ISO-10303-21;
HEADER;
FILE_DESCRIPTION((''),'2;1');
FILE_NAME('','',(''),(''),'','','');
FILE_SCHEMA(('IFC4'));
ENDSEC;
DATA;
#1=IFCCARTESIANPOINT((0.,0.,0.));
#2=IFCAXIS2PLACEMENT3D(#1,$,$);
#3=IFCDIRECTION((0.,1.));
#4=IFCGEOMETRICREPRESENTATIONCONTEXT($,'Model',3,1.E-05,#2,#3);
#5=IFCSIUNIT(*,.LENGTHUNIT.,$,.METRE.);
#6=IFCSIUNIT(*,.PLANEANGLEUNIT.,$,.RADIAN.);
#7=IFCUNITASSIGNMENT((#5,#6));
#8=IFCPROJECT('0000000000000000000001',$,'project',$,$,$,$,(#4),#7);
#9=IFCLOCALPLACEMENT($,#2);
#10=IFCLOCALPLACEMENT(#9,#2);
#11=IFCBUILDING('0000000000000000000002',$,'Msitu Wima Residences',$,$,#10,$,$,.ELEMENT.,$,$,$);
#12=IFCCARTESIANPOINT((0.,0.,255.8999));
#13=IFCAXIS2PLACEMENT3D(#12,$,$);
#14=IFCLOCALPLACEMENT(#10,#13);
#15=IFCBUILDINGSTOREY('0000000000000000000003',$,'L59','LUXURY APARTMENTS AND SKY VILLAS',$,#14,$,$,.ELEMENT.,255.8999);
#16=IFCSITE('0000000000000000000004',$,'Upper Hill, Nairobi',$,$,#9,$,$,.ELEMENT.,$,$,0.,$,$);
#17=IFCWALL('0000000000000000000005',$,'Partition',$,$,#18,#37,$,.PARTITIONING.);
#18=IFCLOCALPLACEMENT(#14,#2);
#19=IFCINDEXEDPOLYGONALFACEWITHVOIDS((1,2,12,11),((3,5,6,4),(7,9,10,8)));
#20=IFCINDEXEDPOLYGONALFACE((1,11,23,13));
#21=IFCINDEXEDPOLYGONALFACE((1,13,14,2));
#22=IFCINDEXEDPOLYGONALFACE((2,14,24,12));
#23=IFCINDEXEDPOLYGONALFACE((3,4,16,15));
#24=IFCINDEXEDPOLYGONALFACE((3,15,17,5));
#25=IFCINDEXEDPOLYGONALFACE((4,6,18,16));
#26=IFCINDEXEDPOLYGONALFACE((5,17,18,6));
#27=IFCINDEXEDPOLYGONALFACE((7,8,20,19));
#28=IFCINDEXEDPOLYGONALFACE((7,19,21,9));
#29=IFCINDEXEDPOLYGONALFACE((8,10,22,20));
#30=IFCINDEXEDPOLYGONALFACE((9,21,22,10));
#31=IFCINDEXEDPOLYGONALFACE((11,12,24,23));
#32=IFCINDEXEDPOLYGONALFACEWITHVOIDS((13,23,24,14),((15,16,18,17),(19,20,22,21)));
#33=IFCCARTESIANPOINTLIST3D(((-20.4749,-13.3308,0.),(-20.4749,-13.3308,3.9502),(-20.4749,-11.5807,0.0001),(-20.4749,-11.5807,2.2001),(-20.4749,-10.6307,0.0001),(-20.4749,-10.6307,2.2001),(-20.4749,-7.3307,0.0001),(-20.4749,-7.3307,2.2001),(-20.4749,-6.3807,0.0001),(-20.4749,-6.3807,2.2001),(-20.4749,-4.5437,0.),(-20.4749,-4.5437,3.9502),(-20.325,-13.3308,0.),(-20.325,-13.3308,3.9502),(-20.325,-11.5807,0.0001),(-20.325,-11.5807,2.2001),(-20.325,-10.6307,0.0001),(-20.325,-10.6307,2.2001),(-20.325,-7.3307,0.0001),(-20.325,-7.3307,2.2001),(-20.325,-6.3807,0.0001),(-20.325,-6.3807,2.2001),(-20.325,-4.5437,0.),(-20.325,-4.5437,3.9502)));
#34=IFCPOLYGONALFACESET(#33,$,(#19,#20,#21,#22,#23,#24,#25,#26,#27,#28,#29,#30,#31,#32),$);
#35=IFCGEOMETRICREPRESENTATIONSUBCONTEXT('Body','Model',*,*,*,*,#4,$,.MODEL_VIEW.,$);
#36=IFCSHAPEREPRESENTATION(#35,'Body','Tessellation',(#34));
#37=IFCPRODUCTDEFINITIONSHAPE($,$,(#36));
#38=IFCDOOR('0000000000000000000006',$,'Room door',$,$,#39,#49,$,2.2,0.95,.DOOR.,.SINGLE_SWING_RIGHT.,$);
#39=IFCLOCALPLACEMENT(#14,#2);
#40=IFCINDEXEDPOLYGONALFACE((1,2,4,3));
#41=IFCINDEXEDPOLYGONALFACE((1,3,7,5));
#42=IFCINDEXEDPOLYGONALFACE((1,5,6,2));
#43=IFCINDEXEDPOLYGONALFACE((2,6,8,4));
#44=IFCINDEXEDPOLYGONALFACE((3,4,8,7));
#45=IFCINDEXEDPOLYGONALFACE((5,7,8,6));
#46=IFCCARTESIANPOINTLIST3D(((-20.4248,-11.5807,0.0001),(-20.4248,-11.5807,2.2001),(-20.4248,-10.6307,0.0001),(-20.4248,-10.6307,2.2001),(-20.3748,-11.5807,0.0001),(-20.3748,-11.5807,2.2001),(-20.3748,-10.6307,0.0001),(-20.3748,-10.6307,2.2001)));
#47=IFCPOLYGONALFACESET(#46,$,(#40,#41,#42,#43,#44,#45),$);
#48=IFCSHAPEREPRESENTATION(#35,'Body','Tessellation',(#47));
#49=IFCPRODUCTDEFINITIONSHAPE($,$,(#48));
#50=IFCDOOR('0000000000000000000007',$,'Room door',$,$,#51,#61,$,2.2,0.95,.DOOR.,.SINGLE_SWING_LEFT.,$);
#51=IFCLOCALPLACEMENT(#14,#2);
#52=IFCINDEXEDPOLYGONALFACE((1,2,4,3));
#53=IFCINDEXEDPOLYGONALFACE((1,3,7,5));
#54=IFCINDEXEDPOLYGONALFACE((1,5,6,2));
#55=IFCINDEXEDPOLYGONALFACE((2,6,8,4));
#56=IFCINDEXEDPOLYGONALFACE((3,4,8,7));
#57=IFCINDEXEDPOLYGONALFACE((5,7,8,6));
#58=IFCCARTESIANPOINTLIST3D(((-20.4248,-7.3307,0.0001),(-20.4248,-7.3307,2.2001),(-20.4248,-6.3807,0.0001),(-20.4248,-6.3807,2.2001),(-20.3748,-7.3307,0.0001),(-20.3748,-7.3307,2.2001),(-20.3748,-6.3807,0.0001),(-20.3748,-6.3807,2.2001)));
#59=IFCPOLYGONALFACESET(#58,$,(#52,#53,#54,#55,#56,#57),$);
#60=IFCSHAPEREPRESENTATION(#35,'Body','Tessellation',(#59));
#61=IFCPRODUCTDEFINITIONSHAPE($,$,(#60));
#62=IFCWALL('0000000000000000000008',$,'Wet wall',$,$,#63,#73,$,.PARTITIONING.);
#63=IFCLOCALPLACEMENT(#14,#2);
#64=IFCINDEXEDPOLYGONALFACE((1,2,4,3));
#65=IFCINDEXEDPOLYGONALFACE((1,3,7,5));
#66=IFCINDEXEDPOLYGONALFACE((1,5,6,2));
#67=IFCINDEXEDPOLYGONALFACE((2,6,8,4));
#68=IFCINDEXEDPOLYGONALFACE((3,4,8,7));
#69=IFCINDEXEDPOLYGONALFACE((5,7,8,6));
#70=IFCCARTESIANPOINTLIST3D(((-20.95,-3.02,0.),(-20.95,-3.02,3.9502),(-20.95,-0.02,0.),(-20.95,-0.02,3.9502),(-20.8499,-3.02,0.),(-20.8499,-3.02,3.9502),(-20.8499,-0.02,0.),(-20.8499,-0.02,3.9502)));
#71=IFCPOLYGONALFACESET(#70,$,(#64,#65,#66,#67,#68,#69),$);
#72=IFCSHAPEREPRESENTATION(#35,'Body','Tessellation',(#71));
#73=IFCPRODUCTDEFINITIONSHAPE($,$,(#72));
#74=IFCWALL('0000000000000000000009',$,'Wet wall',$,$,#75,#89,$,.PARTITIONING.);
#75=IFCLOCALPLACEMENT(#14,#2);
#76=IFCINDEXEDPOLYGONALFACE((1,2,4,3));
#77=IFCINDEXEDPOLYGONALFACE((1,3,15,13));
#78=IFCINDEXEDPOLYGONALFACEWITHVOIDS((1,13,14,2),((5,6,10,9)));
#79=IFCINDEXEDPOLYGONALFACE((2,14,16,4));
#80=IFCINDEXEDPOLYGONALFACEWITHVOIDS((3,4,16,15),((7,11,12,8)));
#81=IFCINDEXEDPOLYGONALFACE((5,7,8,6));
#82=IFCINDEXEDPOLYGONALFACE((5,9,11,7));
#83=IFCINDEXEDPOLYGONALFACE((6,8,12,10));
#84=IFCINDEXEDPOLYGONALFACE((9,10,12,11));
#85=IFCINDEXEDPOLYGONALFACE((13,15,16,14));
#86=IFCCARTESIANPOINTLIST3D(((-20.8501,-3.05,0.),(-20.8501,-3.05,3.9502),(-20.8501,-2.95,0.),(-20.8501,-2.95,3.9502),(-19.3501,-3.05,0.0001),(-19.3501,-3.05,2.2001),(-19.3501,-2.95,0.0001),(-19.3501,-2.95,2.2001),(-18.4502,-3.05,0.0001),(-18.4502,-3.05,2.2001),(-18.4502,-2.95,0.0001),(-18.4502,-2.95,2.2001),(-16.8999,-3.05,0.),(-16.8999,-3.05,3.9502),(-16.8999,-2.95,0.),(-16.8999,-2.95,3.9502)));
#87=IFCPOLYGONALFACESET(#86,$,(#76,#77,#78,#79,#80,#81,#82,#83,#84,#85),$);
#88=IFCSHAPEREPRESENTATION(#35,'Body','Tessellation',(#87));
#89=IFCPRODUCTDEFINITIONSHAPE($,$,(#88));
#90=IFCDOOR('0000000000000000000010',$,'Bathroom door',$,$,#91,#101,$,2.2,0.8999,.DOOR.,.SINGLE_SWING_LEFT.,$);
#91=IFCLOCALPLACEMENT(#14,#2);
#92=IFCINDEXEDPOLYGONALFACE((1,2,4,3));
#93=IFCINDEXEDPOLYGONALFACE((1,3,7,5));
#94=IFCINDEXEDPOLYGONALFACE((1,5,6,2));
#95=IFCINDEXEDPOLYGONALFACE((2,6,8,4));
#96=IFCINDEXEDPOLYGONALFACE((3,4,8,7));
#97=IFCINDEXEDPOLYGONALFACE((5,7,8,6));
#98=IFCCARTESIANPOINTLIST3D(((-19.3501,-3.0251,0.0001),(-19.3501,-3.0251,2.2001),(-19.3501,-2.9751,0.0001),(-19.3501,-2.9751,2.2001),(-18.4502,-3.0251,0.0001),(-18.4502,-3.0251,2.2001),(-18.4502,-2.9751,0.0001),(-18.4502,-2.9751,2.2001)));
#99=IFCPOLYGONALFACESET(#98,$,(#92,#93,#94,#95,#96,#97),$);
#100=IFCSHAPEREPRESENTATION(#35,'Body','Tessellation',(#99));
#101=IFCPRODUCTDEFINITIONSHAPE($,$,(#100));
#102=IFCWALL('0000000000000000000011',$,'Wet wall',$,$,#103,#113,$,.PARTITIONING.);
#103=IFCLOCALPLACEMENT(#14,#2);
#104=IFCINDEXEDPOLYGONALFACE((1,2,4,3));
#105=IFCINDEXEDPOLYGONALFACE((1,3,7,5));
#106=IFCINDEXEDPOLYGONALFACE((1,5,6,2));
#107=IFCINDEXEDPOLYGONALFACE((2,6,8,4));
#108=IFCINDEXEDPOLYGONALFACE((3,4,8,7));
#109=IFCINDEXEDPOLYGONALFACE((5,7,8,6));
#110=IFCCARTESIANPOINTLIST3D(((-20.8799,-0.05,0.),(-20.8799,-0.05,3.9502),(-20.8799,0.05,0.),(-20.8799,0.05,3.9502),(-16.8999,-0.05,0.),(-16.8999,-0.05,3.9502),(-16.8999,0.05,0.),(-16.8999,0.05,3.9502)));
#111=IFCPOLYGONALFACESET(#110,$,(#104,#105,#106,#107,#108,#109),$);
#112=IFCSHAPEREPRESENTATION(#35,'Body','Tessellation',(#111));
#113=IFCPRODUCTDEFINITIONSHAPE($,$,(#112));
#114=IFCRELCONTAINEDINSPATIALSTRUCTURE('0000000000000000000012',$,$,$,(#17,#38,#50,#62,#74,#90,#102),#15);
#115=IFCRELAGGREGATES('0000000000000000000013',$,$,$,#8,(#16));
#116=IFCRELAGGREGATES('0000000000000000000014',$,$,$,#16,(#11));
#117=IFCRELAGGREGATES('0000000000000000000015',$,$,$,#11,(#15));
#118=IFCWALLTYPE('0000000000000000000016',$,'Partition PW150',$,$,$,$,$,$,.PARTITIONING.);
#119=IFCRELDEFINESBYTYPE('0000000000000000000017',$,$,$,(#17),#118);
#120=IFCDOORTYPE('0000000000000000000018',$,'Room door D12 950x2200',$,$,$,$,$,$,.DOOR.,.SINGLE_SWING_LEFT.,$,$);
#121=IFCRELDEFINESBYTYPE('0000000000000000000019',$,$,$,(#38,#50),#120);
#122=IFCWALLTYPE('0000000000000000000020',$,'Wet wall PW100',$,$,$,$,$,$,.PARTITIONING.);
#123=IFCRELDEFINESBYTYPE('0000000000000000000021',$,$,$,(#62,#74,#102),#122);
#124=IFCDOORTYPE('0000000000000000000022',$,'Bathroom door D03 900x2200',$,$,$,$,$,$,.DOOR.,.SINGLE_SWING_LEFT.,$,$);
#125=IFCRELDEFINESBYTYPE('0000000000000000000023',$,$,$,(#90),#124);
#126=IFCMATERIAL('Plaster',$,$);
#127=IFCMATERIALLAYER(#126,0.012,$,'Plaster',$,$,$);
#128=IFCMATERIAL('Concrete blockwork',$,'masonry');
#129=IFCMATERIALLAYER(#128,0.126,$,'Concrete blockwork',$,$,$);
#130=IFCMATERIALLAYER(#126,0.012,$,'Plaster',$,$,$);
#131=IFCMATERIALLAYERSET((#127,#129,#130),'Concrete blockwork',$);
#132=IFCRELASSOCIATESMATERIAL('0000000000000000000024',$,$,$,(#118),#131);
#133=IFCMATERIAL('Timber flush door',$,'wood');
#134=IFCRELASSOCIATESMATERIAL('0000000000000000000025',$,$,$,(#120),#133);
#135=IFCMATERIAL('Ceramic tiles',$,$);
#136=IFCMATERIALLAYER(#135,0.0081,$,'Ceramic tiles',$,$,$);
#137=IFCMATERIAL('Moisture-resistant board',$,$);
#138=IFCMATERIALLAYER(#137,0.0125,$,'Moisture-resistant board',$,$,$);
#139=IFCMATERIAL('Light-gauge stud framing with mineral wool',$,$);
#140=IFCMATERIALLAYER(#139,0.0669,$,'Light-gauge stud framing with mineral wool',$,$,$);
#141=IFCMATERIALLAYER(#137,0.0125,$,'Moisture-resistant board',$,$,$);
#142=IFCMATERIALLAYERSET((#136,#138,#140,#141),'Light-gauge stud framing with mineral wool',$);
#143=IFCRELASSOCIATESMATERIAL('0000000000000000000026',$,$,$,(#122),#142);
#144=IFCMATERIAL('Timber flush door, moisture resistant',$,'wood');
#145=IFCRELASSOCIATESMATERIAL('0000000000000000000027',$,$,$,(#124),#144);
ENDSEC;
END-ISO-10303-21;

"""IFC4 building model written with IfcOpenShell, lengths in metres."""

from ifc_helpers import new_model, si_unit, direction, frame, frame_2d, origin, place, context, subcontext, project, spatial, rectangle, extrude, material, layer, layer_set, type_object, element, fill, save


model = new_model("IFC4")

# Units and contexts
model_context = context("Model", 3, precision=1e-05, world=origin(), true_north=direction((0.0, 1.0)))
body_context = subcontext(model_context, "Body", "Model", "MODEL_VIEW")
ifc_project = project(units=[si_unit("LENGTHUNIT", "METRE"), si_unit("PLANEANGLEUNIT", "RADIAN")], contexts=[model_context])

# Site, building, storey
site_placement = place(None, origin())
site = spatial("IfcSite", under=ifc_project, at=site_placement, Name="Upper Hill, Nairobi", CompositionType="ELEMENT", RefElevation=0.0)
building_placement = place(site_placement, origin())
building = spatial("IfcBuilding", under=site, at=building_placement, Name="Msitu Wima Residences", CompositionType="ELEMENT")
storey_placement = place(building_placement, frame((0.0, 0.0, 255.8999)))
storey = spatial("IfcBuildingStorey", under=building, at=storey_placement, Name="L59", Description="LUXURY APARTMENTS AND SKY VILLAS", CompositionType="ELEMENT", Elevation=255.8999)

# Shared definitions
ifc_material_1 = material(Name="Plaster")
ifc_layer_1 = layer(ifc_material_1, 0.012, Name="Plaster")
ifc_material_2 = material(Name="Concrete blockwork", Category="masonry")
ifc_layer_2 = layer(ifc_material_2, 0.126, Name="Concrete blockwork")
ifc_layer_3 = layer(ifc_material_1, 0.012, Name="Plaster")
ifc_layer_set_1 = layer_set([ifc_layer_1, ifc_layer_2, ifc_layer_3], Name="Concrete blockwork")
wall_type_1 = type_object("IfcWallType", Name="Partition PW150", PredefinedType="PARTITIONING", material=ifc_layer_set_1)

# Shared definitions
ifc_material_3 = material(Name="Timber flush door", Category="wood")
door_type_1 = type_object("IfcDoorType", Name="Room door D12 950x2200", OperationType="SINGLE_SWING_LEFT", PredefinedType="DOOR", material=ifc_material_3)

# Wall, openings, doors
wall_1_placement = place(storey_placement, frame((-20.3999, -13.3308, 0.0), z_axis=(0.0, 0.0, 1.0), x_axis=(0.0, 1.0, 0.0)))
wall_1 = element("IfcWall", 1, at=wall_1_placement, inside=storey, type_object=wall_type_1, Name="Partition", PredefinedType="PARTITIONING", context=body_context, shape_type="SweptSolid", body=[
    extrude(rectangle(XDim=8.7871, YDim=0.1499, at=frame_2d((4.3936, 0.0))), origin(), (0.0, 0.0, 1.0), 3.9502),
])
opening_1_placement = place(wall_1_placement, frame((1.75, 0.0, 0.0)))
opening_1 = element("IfcOpeningElement", 2, at=opening_1_placement, cuts=wall_1, PredefinedType="OPENING", context=body_context, shape_type="SweptSolid", body=[
    extrude(rectangle(XDim=0.95, YDim=2.2, at=frame_2d((0.4751, 1.1001))), frame((0.0, 0.085, 0.0), z_axis=(0.0, -1.0, 0.0), x_axis=(1.0, 0.0, 0.0)), (0.0, 0.0, 1.0), 0.1699),
])
opening_2_placement = place(wall_1_placement, frame((6.0, 0.0, 0.0)))
opening_2 = element("IfcOpeningElement", 3, at=opening_2_placement, cuts=wall_1, PredefinedType="OPENING", context=body_context, shape_type="SweptSolid", body=[
    extrude(rectangle(XDim=0.95, YDim=2.2, at=frame_2d((0.4751, 1.1001))), frame((0.0, 0.085, 0.0), z_axis=(0.0, -1.0, 0.0), x_axis=(1.0, 0.0, 0.0)), (0.0, 0.0, 1.0), 0.1699),
])
door_1_placement = place(opening_1_placement, origin())
door_1 = element("IfcDoor", 4, at=door_1_placement, inside=storey, type_object=door_type_1, Name="Room door", OperationType="SINGLE_SWING_RIGHT", OverallHeight=2.2, OverallWidth=0.95, PredefinedType="DOOR", context=body_context, shape_type="SweptSolid", body=[
    extrude(rectangle(XDim=0.95, YDim=2.2, at=frame_2d((0.4751, 1.1001))), frame((0.0, 0.0249, 0.0), z_axis=(0.0, -1.0, 0.0), x_axis=(1.0, 0.0, 0.0)), (0.0, 0.0, 1.0), 0.05),
])
fill(opening_1, door_1)
door_2_placement = place(opening_2_placement, origin())
door_2 = element("IfcDoor", 5, at=door_2_placement, inside=storey, type_object=door_type_1, Name="Room door", OperationType="SINGLE_SWING_LEFT", OverallHeight=2.2, OverallWidth=0.95, PredefinedType="DOOR", context=body_context, shape_type="SweptSolid", body=[
    extrude(rectangle(XDim=0.95, YDim=2.2, at=frame_2d((0.4751, 1.1001))), frame((0.0, 0.0249, 0.0), z_axis=(0.0, -1.0, 0.0), x_axis=(1.0, 0.0, 0.0)), (0.0, 0.0, 1.0), 0.05),
])
fill(opening_2, door_2)

# Wall
ifc_material_4 = material(Name="Ceramic tiles")
ifc_layer_4 = layer(ifc_material_4, 0.0081, Name="Ceramic tiles")
ifc_material_5 = material(Name="Moisture-resistant board")
ifc_layer_5 = layer(ifc_material_5, 0.0125, Name="Moisture-resistant board")
ifc_material_6 = material(Name="Light-gauge stud framing with mineral wool")
ifc_layer_6 = layer(ifc_material_6, 0.0669, Name="Light-gauge stud framing with mineral wool")
ifc_layer_7 = layer(ifc_material_5, 0.0125, Name="Moisture-resistant board")
ifc_layer_set_2 = layer_set([ifc_layer_4, ifc_layer_5, ifc_layer_6, ifc_layer_7], Name="Light-gauge stud framing with mineral wool")
wall_type_2 = type_object("IfcWallType", Name="Wet wall PW100", PredefinedType="PARTITIONING", material=ifc_layer_set_2)
wall_2_placement = place(storey_placement, frame((-20.8999, -3.02, 0.0), z_axis=(0.0, 0.0, 1.0), x_axis=(0.0, 1.0, 0.0)))
element("IfcWall", 6, at=wall_2_placement, inside=storey, type_object=wall_type_2, Name="Wet wall", PredefinedType="PARTITIONING", context=body_context, shape_type="SweptSolid", body=[
    extrude(rectangle(XDim=3.0, YDim=0.1001, at=frame_2d((1.5, 0.0))), origin(), (0.0, 0.0, 1.0), 3.9502),
])

# Wall, opening, door
wall_3_placement = place(storey_placement, frame((-20.8501, -3.0, 0.0), z_axis=(0.0, 0.0, 1.0), x_axis=(1.0, 0.0, 0.0)))
wall_3 = element("IfcWall", 7, at=wall_3_placement, inside=storey, type_object=wall_type_2, Name="Wet wall", PredefinedType="PARTITIONING", context=body_context, shape_type="SweptSolid", body=[
    extrude(rectangle(XDim=3.9502, YDim=0.1001, at=frame_2d((1.9751, 0.0))), origin(), (0.0, 0.0, 1.0), 3.9502),
])
opening_3_placement = place(wall_3_placement, frame((1.5, 0.0, 0.0)))
opening_3 = element("IfcOpeningElement", 8, at=opening_3_placement, cuts=wall_3, PredefinedType="OPENING", context=body_context, shape_type="SweptSolid", body=[
    extrude(rectangle(XDim=0.8999, YDim=2.2, at=frame_2d((0.45, 1.1001))), frame((0.0, 0.0601, 0.0), z_axis=(0.0, -1.0, 0.0), x_axis=(1.0, 0.0, 0.0)), (0.0, 0.0, 1.0), 0.1201),
])
ifc_material_7 = material(Name="Timber flush door, moisture resistant", Category="wood")
door_type_2 = type_object("IfcDoorType", Name="Bathroom door D03 900x2200", OperationType="SINGLE_SWING_LEFT", PredefinedType="DOOR", material=ifc_material_7)
door_3_placement = place(opening_3_placement, origin())
door_3 = element("IfcDoor", 9, at=door_3_placement, inside=storey, type_object=door_type_2, Name="Bathroom door", OperationType="SINGLE_SWING_LEFT", OverallHeight=2.2, OverallWidth=0.8999, PredefinedType="DOOR", context=body_context, shape_type="SweptSolid", body=[
    extrude(rectangle(XDim=0.8999, YDim=2.2, at=frame_2d((0.45, 1.1001))), frame((0.0, 0.0249, 0.0), z_axis=(0.0, -1.0, 0.0), x_axis=(1.0, 0.0, 0.0)), (0.0, 0.0, 1.0), 0.05),
])
fill(opening_3, door_3)

# Wall
wall_4_placement = place(storey_placement, frame((-20.8799, 0.0, 0.0), z_axis=(0.0, 0.0, 1.0), x_axis=(1.0, 0.0, 0.0)))
element("IfcWall", 10, at=wall_4_placement, inside=storey, type_object=wall_type_2, Name="Wet wall", PredefinedType="PARTITIONING", context=body_context, shape_type="SweptSolid", body=[
    extrude(rectangle(XDim=3.98, YDim=0.1001, at=frame_2d((1.99, 0.0))), origin(), (0.0, 0.0, 1.0), 3.9502),
])

save(model, "model.ifc")
